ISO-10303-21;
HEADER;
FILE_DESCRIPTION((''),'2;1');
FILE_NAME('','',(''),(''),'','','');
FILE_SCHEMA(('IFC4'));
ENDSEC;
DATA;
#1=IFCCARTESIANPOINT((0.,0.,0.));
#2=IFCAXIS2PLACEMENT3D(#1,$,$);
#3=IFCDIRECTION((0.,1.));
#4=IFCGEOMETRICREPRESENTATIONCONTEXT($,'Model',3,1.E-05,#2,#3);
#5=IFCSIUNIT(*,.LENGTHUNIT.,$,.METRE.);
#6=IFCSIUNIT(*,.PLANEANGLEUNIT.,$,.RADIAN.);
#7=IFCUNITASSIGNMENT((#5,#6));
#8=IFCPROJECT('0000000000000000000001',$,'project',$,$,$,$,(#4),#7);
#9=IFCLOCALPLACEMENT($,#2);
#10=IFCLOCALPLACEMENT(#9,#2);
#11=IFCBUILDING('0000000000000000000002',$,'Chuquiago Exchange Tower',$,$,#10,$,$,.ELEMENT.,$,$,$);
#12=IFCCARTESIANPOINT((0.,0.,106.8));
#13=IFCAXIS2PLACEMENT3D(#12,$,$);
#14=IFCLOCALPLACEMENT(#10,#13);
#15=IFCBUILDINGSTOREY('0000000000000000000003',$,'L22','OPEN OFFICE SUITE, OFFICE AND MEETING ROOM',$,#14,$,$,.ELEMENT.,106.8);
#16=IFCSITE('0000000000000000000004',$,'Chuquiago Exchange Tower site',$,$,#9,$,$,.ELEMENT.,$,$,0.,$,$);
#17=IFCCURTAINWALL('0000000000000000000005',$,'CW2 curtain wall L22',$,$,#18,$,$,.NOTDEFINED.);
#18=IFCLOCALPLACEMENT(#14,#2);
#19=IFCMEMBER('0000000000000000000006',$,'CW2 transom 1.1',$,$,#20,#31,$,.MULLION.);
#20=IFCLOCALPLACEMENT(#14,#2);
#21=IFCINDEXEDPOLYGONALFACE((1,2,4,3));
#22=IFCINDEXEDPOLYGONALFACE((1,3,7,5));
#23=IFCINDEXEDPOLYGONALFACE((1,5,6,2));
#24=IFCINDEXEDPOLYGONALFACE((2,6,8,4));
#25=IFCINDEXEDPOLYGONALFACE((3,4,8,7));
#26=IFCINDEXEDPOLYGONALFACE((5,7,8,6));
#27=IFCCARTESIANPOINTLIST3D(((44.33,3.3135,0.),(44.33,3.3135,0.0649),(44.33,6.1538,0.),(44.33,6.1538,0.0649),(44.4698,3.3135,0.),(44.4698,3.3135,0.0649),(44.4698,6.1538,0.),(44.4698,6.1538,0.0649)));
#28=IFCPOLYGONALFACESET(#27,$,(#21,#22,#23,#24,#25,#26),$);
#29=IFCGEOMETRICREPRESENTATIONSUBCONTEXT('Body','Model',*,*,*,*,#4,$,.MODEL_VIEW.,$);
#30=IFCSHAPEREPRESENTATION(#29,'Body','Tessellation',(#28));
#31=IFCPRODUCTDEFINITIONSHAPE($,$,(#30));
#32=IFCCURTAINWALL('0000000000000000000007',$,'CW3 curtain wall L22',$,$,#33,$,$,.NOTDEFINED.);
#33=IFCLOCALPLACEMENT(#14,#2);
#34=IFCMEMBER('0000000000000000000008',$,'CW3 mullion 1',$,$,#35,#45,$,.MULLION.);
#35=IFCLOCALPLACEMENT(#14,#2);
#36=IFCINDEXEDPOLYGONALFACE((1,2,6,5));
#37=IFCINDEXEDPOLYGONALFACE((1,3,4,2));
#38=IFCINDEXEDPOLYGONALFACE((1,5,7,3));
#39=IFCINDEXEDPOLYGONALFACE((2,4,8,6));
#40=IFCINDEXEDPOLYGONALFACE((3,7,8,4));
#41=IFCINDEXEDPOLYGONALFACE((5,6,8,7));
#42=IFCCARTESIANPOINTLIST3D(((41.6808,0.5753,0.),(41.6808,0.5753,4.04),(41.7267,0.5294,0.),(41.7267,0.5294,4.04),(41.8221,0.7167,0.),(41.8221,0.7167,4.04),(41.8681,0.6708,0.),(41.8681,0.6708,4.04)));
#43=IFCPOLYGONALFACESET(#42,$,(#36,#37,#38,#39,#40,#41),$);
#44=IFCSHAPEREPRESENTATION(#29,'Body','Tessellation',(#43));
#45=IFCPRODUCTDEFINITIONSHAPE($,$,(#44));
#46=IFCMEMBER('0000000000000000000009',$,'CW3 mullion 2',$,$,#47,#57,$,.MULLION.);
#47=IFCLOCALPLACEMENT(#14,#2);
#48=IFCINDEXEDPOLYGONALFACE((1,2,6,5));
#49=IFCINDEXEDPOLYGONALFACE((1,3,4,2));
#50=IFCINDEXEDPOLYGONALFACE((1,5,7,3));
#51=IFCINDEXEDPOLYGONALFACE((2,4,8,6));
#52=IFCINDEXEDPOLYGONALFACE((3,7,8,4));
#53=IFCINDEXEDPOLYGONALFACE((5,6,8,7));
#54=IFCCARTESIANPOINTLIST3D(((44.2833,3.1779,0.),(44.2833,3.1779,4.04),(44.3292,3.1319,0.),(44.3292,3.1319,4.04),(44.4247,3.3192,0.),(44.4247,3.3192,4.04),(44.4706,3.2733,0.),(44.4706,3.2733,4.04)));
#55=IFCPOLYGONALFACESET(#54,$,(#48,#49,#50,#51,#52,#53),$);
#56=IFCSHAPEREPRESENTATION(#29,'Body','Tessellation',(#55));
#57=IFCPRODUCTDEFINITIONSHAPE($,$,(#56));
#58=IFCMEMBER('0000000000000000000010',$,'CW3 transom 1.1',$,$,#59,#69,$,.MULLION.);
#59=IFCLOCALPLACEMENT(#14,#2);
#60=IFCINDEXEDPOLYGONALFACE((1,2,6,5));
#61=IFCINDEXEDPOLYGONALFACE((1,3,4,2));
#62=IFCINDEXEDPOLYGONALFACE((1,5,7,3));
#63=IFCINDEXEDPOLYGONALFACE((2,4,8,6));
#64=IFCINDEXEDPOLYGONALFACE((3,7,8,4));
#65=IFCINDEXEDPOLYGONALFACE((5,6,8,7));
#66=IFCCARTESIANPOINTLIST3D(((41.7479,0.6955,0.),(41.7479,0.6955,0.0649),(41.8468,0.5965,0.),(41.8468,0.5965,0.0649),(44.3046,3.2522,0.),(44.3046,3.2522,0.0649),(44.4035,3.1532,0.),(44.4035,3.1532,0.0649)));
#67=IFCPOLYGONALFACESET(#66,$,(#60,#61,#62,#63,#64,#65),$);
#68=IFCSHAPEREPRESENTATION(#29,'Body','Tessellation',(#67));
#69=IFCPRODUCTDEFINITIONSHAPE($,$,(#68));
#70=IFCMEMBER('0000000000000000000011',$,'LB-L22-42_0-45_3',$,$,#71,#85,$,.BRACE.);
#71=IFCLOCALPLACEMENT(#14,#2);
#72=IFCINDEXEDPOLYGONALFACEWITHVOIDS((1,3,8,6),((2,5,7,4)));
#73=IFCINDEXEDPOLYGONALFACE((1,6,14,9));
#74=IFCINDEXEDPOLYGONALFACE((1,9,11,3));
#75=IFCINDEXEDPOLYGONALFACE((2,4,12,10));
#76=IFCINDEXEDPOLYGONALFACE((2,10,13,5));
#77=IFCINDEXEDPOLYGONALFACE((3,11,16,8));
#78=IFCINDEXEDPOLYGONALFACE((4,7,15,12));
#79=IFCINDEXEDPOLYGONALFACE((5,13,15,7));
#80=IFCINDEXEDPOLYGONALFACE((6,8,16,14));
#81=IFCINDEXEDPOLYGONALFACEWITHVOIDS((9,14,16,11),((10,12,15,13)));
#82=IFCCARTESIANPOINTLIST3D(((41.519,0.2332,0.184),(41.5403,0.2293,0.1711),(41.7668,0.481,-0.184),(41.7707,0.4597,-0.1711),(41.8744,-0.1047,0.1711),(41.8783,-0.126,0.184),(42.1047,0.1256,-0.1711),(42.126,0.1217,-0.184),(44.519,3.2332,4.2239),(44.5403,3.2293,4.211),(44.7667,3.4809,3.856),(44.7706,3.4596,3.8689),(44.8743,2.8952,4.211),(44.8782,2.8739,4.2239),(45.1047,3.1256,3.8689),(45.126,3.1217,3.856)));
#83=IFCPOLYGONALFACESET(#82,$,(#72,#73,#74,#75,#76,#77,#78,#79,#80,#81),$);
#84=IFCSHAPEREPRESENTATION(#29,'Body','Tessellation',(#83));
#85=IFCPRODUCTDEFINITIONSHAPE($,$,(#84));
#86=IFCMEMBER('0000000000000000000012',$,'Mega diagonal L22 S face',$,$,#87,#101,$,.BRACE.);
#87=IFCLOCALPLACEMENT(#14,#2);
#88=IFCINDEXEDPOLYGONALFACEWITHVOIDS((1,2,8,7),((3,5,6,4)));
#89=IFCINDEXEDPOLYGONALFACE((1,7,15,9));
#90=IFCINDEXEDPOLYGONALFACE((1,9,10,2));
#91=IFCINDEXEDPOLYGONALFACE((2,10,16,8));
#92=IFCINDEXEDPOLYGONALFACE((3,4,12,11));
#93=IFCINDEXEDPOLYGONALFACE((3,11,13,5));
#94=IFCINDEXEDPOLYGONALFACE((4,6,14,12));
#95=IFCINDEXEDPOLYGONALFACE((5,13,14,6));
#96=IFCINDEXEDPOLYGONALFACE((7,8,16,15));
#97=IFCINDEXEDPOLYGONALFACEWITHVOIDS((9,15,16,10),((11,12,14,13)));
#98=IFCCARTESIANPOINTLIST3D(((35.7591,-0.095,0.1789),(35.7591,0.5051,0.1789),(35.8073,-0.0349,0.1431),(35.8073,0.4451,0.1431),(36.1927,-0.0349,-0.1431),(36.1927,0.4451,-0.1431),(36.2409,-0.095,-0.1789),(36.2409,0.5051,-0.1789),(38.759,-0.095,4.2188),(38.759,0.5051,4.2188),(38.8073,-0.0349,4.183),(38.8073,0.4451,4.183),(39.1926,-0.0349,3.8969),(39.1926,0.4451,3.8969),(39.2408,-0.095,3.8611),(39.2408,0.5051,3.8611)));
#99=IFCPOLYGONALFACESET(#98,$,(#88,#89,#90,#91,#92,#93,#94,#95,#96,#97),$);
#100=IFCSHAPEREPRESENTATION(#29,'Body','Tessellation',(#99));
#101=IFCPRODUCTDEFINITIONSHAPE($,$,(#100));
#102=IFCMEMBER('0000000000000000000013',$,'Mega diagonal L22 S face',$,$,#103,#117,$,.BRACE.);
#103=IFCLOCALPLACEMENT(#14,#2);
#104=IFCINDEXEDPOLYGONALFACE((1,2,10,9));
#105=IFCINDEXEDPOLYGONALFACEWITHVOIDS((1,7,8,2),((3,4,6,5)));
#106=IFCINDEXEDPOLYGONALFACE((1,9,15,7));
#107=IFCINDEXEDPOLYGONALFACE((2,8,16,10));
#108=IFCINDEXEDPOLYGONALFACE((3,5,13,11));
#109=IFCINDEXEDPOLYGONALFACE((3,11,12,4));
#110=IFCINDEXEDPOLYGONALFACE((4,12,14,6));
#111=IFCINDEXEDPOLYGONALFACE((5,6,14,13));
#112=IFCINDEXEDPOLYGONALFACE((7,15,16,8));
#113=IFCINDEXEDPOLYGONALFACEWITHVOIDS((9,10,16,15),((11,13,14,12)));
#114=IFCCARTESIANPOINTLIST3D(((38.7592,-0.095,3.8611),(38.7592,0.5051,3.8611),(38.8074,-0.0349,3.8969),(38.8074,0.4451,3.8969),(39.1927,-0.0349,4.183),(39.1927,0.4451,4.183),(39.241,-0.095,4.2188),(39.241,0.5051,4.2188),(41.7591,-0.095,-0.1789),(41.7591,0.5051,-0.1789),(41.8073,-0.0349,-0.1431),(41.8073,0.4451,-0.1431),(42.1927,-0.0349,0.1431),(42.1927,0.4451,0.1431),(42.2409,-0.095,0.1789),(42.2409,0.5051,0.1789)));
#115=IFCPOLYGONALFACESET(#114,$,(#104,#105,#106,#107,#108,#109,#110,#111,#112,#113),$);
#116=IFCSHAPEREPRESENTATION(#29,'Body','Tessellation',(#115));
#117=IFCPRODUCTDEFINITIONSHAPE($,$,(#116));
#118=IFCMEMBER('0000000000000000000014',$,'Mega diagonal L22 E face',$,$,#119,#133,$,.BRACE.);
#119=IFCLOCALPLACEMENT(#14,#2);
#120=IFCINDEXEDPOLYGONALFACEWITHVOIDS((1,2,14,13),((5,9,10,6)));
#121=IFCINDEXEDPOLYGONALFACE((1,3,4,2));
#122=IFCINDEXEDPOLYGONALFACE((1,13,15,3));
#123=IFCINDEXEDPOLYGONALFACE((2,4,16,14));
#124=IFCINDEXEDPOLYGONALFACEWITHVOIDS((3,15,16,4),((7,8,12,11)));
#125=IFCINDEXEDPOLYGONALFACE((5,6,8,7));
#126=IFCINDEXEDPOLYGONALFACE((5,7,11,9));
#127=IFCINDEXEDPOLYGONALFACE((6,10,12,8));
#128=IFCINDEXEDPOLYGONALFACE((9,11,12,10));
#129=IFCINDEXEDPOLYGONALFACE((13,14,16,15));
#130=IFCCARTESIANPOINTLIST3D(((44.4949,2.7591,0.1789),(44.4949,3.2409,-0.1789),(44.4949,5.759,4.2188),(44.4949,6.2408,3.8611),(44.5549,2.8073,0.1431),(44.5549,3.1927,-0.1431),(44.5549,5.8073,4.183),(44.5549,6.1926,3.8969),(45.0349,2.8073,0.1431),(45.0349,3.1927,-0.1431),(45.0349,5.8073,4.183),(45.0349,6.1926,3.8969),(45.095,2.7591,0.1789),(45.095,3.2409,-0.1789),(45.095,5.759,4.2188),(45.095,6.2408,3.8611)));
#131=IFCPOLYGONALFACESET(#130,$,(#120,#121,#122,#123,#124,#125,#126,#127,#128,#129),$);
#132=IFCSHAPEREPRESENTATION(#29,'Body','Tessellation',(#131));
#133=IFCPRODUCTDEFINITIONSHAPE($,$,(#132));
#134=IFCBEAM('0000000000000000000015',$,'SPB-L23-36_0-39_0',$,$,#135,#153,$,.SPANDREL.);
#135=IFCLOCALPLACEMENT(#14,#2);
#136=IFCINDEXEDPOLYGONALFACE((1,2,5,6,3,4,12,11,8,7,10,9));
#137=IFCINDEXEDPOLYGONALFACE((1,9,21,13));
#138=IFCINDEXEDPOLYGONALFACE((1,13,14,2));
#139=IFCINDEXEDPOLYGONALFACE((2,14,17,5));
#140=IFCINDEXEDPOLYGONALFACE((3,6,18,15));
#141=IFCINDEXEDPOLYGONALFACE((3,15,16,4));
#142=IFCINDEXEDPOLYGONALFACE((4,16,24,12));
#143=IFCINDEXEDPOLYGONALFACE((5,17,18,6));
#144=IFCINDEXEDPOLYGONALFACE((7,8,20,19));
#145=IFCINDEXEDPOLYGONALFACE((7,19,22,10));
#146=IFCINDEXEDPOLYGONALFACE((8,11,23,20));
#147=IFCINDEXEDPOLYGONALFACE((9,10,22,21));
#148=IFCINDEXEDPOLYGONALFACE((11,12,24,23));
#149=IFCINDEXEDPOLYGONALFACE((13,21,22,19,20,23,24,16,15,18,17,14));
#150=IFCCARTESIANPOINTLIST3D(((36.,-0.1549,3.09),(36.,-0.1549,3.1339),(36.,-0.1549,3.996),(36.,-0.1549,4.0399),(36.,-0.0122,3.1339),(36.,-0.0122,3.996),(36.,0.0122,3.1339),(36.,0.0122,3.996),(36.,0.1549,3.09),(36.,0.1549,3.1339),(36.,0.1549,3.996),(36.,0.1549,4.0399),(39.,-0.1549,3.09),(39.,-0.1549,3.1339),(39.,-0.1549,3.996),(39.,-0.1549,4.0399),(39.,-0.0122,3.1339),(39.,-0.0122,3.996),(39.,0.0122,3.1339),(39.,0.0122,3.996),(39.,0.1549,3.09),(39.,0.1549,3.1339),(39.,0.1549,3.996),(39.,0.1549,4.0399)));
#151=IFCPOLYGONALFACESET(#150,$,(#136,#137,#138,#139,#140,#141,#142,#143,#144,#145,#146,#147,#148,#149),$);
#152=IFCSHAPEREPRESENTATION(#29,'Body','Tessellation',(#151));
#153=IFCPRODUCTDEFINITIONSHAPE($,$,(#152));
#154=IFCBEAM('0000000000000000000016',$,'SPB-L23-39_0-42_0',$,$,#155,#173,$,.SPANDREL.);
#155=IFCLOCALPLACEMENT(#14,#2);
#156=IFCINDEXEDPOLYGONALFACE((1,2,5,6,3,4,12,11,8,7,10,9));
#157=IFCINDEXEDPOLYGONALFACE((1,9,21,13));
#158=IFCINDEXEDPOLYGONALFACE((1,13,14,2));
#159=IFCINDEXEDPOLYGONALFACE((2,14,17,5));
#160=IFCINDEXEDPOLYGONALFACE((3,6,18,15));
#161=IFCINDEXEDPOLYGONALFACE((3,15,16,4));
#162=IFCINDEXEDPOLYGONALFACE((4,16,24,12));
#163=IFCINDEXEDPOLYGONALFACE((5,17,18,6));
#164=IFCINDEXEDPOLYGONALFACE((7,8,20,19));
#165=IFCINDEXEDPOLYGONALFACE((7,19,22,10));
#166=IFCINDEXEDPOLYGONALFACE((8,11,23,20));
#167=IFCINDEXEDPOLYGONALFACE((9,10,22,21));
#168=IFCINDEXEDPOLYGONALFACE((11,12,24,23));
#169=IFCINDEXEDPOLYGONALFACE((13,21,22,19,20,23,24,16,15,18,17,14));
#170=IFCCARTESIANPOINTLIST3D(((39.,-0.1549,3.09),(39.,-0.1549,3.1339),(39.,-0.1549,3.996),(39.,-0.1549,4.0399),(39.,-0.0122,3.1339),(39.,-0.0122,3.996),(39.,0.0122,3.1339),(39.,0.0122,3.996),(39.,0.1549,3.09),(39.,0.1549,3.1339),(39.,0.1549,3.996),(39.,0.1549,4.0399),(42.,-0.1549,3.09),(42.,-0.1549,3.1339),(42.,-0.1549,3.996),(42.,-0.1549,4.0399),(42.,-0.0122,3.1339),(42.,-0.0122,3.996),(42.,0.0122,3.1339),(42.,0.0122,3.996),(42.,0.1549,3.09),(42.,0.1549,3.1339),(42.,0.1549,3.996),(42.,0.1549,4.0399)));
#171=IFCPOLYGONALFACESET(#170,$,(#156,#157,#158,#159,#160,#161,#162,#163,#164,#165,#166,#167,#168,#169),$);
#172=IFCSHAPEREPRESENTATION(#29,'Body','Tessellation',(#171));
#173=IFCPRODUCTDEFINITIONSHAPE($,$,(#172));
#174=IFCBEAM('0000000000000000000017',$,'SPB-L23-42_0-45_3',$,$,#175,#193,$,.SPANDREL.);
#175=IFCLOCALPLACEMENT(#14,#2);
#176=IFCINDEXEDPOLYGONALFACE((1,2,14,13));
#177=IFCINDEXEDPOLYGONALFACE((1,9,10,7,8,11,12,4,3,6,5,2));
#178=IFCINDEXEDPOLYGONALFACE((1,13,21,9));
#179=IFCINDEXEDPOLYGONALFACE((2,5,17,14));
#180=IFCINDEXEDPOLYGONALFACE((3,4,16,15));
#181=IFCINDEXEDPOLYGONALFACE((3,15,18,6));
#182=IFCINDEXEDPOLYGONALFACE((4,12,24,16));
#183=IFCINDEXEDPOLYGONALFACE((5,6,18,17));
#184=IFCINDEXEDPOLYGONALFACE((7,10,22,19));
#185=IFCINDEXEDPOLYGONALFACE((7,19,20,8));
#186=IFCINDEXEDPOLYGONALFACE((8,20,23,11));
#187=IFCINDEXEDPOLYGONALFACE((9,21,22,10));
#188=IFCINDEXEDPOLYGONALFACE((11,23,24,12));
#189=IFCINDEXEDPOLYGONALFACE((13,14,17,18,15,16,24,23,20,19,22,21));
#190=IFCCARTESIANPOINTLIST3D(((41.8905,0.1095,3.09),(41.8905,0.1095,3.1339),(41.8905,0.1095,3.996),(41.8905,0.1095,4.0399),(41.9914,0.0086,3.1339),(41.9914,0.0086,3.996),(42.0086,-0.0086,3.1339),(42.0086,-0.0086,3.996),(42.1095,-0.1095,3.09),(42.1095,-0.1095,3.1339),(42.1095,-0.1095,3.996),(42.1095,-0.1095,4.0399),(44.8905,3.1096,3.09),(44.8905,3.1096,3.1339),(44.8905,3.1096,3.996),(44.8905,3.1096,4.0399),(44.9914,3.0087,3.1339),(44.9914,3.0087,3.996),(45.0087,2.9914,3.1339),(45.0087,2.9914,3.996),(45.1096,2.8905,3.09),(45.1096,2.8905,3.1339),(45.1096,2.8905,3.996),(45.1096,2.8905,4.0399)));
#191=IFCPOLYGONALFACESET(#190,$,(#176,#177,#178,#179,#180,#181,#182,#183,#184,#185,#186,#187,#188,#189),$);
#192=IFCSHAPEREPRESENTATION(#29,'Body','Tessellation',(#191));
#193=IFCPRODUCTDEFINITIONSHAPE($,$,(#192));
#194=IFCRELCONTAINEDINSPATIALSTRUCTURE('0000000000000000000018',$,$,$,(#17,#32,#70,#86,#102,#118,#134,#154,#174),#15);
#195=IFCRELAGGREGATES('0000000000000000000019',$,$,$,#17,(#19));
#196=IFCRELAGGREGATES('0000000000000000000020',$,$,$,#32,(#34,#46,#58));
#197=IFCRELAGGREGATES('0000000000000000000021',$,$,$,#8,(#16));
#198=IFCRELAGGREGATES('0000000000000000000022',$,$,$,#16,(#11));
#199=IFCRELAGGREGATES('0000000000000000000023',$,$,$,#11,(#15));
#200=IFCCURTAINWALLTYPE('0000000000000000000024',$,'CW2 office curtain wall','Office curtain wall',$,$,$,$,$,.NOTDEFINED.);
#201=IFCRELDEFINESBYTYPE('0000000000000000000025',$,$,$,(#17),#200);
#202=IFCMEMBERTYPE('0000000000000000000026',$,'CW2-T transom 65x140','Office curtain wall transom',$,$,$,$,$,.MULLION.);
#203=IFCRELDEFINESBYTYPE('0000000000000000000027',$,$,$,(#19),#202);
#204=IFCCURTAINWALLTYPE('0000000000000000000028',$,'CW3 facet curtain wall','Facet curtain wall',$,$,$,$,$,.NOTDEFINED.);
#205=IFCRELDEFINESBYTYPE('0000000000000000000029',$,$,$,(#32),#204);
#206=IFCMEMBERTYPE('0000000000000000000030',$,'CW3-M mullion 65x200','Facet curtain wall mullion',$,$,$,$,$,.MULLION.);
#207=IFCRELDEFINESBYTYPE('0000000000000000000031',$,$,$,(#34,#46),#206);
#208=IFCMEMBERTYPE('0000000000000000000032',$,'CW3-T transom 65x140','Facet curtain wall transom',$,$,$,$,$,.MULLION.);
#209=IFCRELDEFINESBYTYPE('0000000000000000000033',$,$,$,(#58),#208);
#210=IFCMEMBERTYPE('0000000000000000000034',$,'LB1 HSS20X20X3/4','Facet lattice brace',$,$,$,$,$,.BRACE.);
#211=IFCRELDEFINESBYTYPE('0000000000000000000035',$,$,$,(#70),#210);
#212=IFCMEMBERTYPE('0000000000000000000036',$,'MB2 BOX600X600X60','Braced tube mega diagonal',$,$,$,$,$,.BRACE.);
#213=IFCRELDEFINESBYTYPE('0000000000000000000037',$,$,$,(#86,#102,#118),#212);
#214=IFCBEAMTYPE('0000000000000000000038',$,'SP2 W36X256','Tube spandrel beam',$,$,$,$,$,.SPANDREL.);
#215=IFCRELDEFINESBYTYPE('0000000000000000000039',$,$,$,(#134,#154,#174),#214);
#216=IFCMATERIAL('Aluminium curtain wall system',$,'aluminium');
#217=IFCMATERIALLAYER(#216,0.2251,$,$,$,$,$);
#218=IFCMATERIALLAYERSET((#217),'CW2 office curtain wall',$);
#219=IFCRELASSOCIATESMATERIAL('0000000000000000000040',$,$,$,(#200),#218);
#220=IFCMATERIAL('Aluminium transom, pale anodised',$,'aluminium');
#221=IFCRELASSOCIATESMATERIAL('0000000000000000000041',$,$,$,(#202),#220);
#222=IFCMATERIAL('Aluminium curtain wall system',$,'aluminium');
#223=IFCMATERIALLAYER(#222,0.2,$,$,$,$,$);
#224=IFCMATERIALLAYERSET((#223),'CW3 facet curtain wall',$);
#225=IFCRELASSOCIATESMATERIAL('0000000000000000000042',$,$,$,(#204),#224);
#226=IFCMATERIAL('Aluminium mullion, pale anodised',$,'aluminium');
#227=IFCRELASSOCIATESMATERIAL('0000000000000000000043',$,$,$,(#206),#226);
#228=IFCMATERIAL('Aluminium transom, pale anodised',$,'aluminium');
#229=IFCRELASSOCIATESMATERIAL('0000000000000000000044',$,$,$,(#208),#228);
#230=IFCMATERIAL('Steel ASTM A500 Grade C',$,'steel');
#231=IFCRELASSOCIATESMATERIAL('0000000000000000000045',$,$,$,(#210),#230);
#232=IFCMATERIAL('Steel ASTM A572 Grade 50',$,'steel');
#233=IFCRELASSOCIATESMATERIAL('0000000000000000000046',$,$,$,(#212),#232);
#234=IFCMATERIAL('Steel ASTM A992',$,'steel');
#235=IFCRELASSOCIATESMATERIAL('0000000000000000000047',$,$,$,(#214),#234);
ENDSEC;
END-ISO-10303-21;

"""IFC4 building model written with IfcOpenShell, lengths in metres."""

from ifc_helpers import new_model, si_unit, direction, frame, origin, origin_2d, place, context, subcontext, project, spatial, rectangle, hollow_rectangle, i_section, extrude, material, layer, layer_set, material_profile, profile_set, type_object, element, aggregate, save


model = new_model("IFC4")

# Units and contexts
model_context = context("Model", 3, precision=1e-05, world=origin(), true_north=direction((0.0, 1.0)))
body_context = subcontext(model_context, "Body", "Model", "MODEL_VIEW")
ifc_project = project(units=[si_unit("LENGTHUNIT", "METRE"), si_unit("PLANEANGLEUNIT", "RADIAN")], contexts=[model_context])

# Site, building, storey
site_placement = place(None, origin())
site = spatial("IfcSite", under=ifc_project, at=site_placement, Name="Chuquiago Exchange Tower site", CompositionType="ELEMENT", RefElevation=0.0)
building_placement = place(site_placement, origin())
building = spatial("IfcBuilding", under=site, at=building_placement, Name="Chuquiago Exchange Tower", CompositionType="ELEMENT")
storey_placement = place(building_placement, frame((0.0, 0.0, 106.8)))
storey = spatial("IfcBuildingStorey", under=building, at=storey_placement, Name="L22", Description="OPEN OFFICE SUITE, OFFICE AND MEETING ROOM", CompositionType="ELEMENT", Elevation=106.8)

# Curtain wall
ifc_material_1 = material(Name="Aluminium curtain wall system", Category="aluminium")
ifc_layer_1 = layer(ifc_material_1, 0.2251)
ifc_layer_set_1 = layer_set([ifc_layer_1], Name="CW2 office curtain wall")
curtain_wall_type_1 = type_object("IfcCurtainWallType", Name="CW2 office curtain wall", Description="Office curtain wall", PredefinedType="NOTDEFINED", material=ifc_layer_set_1)
curtain_wall_1_placement = place(storey_placement, origin())
curtain_wall_1 = element("IfcCurtainWall", 1, at=curtain_wall_1_placement, inside=storey, type_object=curtain_wall_type_1, Name="CW2 curtain wall L22", PredefinedType="NOTDEFINED")

# Member
ifc_material_2 = material(Name="Aluminium transom, pale anodised", Category="aluminium")
ifc_material_profile_1 = material_profile(ifc_material_2, rectangle(XDim=0.1399, YDim=0.0649, at=origin_2d()), Name="AL 140x65")
ifc_profile_set_1 = profile_set([ifc_material_profile_1], Name="Aluminium transom, pale anodised")
member_type_1 = type_object("IfcMemberType", Name="CW2-T transom 65x140", Description="Office curtain wall transom", PredefinedType="MULLION", material=ifc_profile_set_1)
member_1_placement = place(storey_placement, frame((44.3999, 3.3135, 0.0325), z_axis=(0.0, 1.0, 0.0), x_axis=(-1.0, 0.0, 0.0)))
member_1 = element("IfcMember", 2, at=member_1_placement, type_object=member_type_1, Name="CW2 transom 1.1", PredefinedType="MULLION", context=body_context, shape_type="SweptSolid", body=[
    extrude(rectangle(XDim=0.1399, YDim=0.0649, at=origin_2d()), origin(), (0.0, 0.0, 1.0), 2.8403),
])

# Curtain wall, members
ifc_material_3 = material(Name="Aluminium curtain wall system", Category="aluminium")
ifc_layer_2 = layer(ifc_material_3, 0.2)
ifc_layer_set_2 = layer_set([ifc_layer_2], Name="CW3 facet curtain wall")
curtain_wall_type_2 = type_object("IfcCurtainWallType", Name="CW3 facet curtain wall", Description="Facet curtain wall", PredefinedType="NOTDEFINED", material=ifc_layer_set_2)
curtain_wall_2_placement = place(storey_placement, origin())
curtain_wall_2 = element("IfcCurtainWall", 3, at=curtain_wall_2_placement, inside=storey, type_object=curtain_wall_type_2, Name="CW3 curtain wall L22", PredefinedType="NOTDEFINED")
ifc_material_4 = material(Name="Aluminium mullion, pale anodised", Category="aluminium")
ifc_material_profile_2 = material_profile(ifc_material_4, rectangle(XDim=0.0649, YDim=0.2, at=origin_2d()), Name="AL 65x200")
ifc_profile_set_2 = profile_set([ifc_material_profile_2], Name="Aluminium mullion, pale anodised")
member_type_2 = type_object("IfcMemberType", Name="CW3-M mullion 65x200", Description="Facet curtain wall mullion", PredefinedType="MULLION", material=ifc_profile_set_2)
member_2_placement = place(storey_placement, frame((41.7744, 0.623, 0.0), z_axis=(0.0, 0.0, 1.0), x_axis=(-0.707107, 0.707107, 0.0)))
member_2 = element("IfcMember", 4, at=member_2_placement, type_object=member_type_2, Name="CW3 mullion 1", PredefinedType="MULLION", context=body_context, shape_type="SweptSolid", body=[
    extrude(rectangle(XDim=0.0649, YDim=0.2, at=origin_2d()), origin(), (0.0, 0.0, 1.0), 4.04),
])
member_3_placement = place(storey_placement, frame((44.377, 3.2256, 0.0), z_axis=(0.0, 0.0, 1.0), x_axis=(-0.707107, 0.707107, 0.0)))
member_3 = element("IfcMember", 5, at=member_3_placement, type_object=member_type_2, Name="CW3 mullion 2", PredefinedType="MULLION", context=body_context, shape_type="SweptSolid", body=[
    extrude(rectangle(XDim=0.0649, YDim=0.2, at=origin_2d()), origin(), (0.0, 0.0, 1.0), 4.04),
])
ifc_material_5 = material(Name="Aluminium transom, pale anodised", Category="aluminium")
ifc_material_profile_3 = material_profile(ifc_material_5, rectangle(XDim=0.1399, YDim=0.0649, at=origin_2d()), Name="AL 140x65")
ifc_profile_set_3 = profile_set([ifc_material_profile_3], Name="Aluminium transom, pale anodised")
member_type_3 = type_object("IfcMemberType", Name="CW3-T transom 65x140", Description="Facet curtain wall transom", PredefinedType="MULLION", material=ifc_profile_set_3)
member_4_placement = place(storey_placement, frame((41.7974, 0.646, 0.0325), z_axis=(0.707107, 0.707107, 0.0), x_axis=(-0.707107, 0.707107, 0.0)))
member_4 = element("IfcMember", 6, at=member_4_placement, type_object=member_type_3, Name="CW3 transom 1.1", PredefinedType="MULLION", context=body_context, shape_type="SweptSolid", body=[
    extrude(rectangle(XDim=0.1399, YDim=0.0649, at=origin_2d()), origin(), (0.0, 0.0, 1.0), 3.6157),
])

# Members
ifc_material_6 = material(Name="Steel ASTM A500 Grade C", Category="steel")
ifc_material_profile_4 = material_profile(ifc_material_6, hollow_rectangle(XDim=0.5081, YDim=0.5081, WallThickness=0.0178, at=origin_2d()), Name="HSS20X20X3/4")
ifc_profile_set_4 = profile_set([ifc_material_profile_4], Name="Steel ASTM A500 Grade C")
member_type_4 = type_object("IfcMemberType", Name="LB1 HSS20X20X3/4", Description="Facet lattice brace", PredefinedType="BRACE", material=ifc_profile_set_4)
member_5_placement = place(storey_placement, frame((41.8225, 0.1775, 0.0), z_axis=(0.512077, 0.512077, 0.689604), x_axis=(-0.707107, 0.707107, 0.0)))
element("IfcMember", 7, at=member_5_placement, inside=storey, type_object=member_type_4, Name="LB-L22-42_0-45_3", PredefinedType="BRACE", context=body_context, shape_type="SweptSolid", body=[
    extrude(hollow_rectangle(XDim=0.5081, YDim=0.5081, WallThickness=0.0178, at=origin_2d()), origin(), (0.0, 0.0, 1.0), 5.8584),
])
ifc_material_7 = material(Name="Steel ASTM A572 Grade 50", Category="steel")
ifc_material_profile_5 = material_profile(ifc_material_7, hollow_rectangle(XDim=0.6001, YDim=0.6001, WallThickness=0.0601, at=origin_2d()), Name="BOX600X600X60")
ifc_profile_set_5 = profile_set([ifc_material_profile_5], Name="Steel ASTM A572 Grade 50")
member_type_5 = type_object("IfcMemberType", Name="MB2 BOX600X600X60", Description="Braced tube mega diagonal", PredefinedType="BRACE", material=ifc_profile_set_5)
for number, where, z_axis, x_axis, name in (
    (8, (36.0, 0.2051, 0.0), (0.596174, 0.0, 0.802855), (0.0, 1.0, 0.0), "Mega diagonal L22 S face"),
    (9, (42.0, 0.2051, 0.0), (-0.596174, 0.0, 0.802855), (0.0, -1.0, 0.0), "Mega diagonal L22 S face"),
    (10, (44.7949, 3.0, 0.0), (0.0, 0.596174, 0.802855), (-1.0, 0.0, 0.0), "Mega diagonal L22 E face"),
):
    element("IfcMember", number, at=place(storey_placement, frame(where, z_axis=z_axis, x_axis=x_axis)), inside=storey, type_object=member_type_5, Name=name, PredefinedType="BRACE", context=body_context, shape_type="SweptSolid", body=[
        extrude(hollow_rectangle(XDim=0.6001, YDim=0.6001, WallThickness=0.0601, at=origin_2d()), origin(), (0.0, 0.0, 1.0), 5.032),
    ])

# Beams
ifc_material_8 = material(Name="Steel ASTM A992", Category="steel")
ifc_material_profile_6 = material_profile(ifc_material_8, i_section(OverallWidth=0.3098, OverallDepth=0.95, WebThickness=0.0244, FlangeThickness=0.0439, at=origin_2d()), Name="W36X256")
ifc_profile_set_6 = profile_set([ifc_material_profile_6], Name="Steel ASTM A992")
beam_type = type_object("IfcBeamType", Name="SP2 W36X256", Description="Tube spandrel beam", PredefinedType="SPANDREL", material=ifc_profile_set_6)
for number, where, z_axis, x_axis, name in (
    (11, (36.0, 0.0, 3.5649), (1.0, 0.0, 0.0), (0.0, 1.0, 0.0), "SPB-L23-36_0-39_0"),
    (12, (39.0, 0.0, 3.5649), (1.0, 0.0, 0.0), (0.0, 1.0, 0.0), "SPB-L23-39_0-42_0"),
):
    element("IfcBeam", number, at=place(storey_placement, frame(where, z_axis=z_axis, x_axis=x_axis)), inside=storey, type_object=beam_type, Name=name, PredefinedType="SPANDREL", context=body_context, shape_type="SweptSolid", body=[
        extrude(i_section(OverallWidth=0.3098, OverallDepth=0.95, WebThickness=0.0244, FlangeThickness=0.0439, at=origin_2d()), origin(), (0.0, 0.0, 1.0), 3.0),
    ])
beam_placement = place(storey_placement, frame((42.0, 0.0, 3.5649), z_axis=(0.707107, 0.707107, 0.0), x_axis=(-0.707107, 0.707107, 0.0)))
element("IfcBeam", 13, at=beam_placement, inside=storey, type_object=beam_type, Name="SPB-L23-42_0-45_3", PredefinedType="SPANDREL", context=body_context, shape_type="SweptSolid", body=[
    extrude(i_section(OverallWidth=0.3098, OverallDepth=0.95, WebThickness=0.0244, FlangeThickness=0.0439, at=origin_2d()), origin(), (0.0, 0.0, 1.0), 4.2427),
])

aggregate(curtain_wall_1, [member_1])
aggregate(curtain_wall_2, [member_2, member_3, member_4])

save(model, "model.ifc")
